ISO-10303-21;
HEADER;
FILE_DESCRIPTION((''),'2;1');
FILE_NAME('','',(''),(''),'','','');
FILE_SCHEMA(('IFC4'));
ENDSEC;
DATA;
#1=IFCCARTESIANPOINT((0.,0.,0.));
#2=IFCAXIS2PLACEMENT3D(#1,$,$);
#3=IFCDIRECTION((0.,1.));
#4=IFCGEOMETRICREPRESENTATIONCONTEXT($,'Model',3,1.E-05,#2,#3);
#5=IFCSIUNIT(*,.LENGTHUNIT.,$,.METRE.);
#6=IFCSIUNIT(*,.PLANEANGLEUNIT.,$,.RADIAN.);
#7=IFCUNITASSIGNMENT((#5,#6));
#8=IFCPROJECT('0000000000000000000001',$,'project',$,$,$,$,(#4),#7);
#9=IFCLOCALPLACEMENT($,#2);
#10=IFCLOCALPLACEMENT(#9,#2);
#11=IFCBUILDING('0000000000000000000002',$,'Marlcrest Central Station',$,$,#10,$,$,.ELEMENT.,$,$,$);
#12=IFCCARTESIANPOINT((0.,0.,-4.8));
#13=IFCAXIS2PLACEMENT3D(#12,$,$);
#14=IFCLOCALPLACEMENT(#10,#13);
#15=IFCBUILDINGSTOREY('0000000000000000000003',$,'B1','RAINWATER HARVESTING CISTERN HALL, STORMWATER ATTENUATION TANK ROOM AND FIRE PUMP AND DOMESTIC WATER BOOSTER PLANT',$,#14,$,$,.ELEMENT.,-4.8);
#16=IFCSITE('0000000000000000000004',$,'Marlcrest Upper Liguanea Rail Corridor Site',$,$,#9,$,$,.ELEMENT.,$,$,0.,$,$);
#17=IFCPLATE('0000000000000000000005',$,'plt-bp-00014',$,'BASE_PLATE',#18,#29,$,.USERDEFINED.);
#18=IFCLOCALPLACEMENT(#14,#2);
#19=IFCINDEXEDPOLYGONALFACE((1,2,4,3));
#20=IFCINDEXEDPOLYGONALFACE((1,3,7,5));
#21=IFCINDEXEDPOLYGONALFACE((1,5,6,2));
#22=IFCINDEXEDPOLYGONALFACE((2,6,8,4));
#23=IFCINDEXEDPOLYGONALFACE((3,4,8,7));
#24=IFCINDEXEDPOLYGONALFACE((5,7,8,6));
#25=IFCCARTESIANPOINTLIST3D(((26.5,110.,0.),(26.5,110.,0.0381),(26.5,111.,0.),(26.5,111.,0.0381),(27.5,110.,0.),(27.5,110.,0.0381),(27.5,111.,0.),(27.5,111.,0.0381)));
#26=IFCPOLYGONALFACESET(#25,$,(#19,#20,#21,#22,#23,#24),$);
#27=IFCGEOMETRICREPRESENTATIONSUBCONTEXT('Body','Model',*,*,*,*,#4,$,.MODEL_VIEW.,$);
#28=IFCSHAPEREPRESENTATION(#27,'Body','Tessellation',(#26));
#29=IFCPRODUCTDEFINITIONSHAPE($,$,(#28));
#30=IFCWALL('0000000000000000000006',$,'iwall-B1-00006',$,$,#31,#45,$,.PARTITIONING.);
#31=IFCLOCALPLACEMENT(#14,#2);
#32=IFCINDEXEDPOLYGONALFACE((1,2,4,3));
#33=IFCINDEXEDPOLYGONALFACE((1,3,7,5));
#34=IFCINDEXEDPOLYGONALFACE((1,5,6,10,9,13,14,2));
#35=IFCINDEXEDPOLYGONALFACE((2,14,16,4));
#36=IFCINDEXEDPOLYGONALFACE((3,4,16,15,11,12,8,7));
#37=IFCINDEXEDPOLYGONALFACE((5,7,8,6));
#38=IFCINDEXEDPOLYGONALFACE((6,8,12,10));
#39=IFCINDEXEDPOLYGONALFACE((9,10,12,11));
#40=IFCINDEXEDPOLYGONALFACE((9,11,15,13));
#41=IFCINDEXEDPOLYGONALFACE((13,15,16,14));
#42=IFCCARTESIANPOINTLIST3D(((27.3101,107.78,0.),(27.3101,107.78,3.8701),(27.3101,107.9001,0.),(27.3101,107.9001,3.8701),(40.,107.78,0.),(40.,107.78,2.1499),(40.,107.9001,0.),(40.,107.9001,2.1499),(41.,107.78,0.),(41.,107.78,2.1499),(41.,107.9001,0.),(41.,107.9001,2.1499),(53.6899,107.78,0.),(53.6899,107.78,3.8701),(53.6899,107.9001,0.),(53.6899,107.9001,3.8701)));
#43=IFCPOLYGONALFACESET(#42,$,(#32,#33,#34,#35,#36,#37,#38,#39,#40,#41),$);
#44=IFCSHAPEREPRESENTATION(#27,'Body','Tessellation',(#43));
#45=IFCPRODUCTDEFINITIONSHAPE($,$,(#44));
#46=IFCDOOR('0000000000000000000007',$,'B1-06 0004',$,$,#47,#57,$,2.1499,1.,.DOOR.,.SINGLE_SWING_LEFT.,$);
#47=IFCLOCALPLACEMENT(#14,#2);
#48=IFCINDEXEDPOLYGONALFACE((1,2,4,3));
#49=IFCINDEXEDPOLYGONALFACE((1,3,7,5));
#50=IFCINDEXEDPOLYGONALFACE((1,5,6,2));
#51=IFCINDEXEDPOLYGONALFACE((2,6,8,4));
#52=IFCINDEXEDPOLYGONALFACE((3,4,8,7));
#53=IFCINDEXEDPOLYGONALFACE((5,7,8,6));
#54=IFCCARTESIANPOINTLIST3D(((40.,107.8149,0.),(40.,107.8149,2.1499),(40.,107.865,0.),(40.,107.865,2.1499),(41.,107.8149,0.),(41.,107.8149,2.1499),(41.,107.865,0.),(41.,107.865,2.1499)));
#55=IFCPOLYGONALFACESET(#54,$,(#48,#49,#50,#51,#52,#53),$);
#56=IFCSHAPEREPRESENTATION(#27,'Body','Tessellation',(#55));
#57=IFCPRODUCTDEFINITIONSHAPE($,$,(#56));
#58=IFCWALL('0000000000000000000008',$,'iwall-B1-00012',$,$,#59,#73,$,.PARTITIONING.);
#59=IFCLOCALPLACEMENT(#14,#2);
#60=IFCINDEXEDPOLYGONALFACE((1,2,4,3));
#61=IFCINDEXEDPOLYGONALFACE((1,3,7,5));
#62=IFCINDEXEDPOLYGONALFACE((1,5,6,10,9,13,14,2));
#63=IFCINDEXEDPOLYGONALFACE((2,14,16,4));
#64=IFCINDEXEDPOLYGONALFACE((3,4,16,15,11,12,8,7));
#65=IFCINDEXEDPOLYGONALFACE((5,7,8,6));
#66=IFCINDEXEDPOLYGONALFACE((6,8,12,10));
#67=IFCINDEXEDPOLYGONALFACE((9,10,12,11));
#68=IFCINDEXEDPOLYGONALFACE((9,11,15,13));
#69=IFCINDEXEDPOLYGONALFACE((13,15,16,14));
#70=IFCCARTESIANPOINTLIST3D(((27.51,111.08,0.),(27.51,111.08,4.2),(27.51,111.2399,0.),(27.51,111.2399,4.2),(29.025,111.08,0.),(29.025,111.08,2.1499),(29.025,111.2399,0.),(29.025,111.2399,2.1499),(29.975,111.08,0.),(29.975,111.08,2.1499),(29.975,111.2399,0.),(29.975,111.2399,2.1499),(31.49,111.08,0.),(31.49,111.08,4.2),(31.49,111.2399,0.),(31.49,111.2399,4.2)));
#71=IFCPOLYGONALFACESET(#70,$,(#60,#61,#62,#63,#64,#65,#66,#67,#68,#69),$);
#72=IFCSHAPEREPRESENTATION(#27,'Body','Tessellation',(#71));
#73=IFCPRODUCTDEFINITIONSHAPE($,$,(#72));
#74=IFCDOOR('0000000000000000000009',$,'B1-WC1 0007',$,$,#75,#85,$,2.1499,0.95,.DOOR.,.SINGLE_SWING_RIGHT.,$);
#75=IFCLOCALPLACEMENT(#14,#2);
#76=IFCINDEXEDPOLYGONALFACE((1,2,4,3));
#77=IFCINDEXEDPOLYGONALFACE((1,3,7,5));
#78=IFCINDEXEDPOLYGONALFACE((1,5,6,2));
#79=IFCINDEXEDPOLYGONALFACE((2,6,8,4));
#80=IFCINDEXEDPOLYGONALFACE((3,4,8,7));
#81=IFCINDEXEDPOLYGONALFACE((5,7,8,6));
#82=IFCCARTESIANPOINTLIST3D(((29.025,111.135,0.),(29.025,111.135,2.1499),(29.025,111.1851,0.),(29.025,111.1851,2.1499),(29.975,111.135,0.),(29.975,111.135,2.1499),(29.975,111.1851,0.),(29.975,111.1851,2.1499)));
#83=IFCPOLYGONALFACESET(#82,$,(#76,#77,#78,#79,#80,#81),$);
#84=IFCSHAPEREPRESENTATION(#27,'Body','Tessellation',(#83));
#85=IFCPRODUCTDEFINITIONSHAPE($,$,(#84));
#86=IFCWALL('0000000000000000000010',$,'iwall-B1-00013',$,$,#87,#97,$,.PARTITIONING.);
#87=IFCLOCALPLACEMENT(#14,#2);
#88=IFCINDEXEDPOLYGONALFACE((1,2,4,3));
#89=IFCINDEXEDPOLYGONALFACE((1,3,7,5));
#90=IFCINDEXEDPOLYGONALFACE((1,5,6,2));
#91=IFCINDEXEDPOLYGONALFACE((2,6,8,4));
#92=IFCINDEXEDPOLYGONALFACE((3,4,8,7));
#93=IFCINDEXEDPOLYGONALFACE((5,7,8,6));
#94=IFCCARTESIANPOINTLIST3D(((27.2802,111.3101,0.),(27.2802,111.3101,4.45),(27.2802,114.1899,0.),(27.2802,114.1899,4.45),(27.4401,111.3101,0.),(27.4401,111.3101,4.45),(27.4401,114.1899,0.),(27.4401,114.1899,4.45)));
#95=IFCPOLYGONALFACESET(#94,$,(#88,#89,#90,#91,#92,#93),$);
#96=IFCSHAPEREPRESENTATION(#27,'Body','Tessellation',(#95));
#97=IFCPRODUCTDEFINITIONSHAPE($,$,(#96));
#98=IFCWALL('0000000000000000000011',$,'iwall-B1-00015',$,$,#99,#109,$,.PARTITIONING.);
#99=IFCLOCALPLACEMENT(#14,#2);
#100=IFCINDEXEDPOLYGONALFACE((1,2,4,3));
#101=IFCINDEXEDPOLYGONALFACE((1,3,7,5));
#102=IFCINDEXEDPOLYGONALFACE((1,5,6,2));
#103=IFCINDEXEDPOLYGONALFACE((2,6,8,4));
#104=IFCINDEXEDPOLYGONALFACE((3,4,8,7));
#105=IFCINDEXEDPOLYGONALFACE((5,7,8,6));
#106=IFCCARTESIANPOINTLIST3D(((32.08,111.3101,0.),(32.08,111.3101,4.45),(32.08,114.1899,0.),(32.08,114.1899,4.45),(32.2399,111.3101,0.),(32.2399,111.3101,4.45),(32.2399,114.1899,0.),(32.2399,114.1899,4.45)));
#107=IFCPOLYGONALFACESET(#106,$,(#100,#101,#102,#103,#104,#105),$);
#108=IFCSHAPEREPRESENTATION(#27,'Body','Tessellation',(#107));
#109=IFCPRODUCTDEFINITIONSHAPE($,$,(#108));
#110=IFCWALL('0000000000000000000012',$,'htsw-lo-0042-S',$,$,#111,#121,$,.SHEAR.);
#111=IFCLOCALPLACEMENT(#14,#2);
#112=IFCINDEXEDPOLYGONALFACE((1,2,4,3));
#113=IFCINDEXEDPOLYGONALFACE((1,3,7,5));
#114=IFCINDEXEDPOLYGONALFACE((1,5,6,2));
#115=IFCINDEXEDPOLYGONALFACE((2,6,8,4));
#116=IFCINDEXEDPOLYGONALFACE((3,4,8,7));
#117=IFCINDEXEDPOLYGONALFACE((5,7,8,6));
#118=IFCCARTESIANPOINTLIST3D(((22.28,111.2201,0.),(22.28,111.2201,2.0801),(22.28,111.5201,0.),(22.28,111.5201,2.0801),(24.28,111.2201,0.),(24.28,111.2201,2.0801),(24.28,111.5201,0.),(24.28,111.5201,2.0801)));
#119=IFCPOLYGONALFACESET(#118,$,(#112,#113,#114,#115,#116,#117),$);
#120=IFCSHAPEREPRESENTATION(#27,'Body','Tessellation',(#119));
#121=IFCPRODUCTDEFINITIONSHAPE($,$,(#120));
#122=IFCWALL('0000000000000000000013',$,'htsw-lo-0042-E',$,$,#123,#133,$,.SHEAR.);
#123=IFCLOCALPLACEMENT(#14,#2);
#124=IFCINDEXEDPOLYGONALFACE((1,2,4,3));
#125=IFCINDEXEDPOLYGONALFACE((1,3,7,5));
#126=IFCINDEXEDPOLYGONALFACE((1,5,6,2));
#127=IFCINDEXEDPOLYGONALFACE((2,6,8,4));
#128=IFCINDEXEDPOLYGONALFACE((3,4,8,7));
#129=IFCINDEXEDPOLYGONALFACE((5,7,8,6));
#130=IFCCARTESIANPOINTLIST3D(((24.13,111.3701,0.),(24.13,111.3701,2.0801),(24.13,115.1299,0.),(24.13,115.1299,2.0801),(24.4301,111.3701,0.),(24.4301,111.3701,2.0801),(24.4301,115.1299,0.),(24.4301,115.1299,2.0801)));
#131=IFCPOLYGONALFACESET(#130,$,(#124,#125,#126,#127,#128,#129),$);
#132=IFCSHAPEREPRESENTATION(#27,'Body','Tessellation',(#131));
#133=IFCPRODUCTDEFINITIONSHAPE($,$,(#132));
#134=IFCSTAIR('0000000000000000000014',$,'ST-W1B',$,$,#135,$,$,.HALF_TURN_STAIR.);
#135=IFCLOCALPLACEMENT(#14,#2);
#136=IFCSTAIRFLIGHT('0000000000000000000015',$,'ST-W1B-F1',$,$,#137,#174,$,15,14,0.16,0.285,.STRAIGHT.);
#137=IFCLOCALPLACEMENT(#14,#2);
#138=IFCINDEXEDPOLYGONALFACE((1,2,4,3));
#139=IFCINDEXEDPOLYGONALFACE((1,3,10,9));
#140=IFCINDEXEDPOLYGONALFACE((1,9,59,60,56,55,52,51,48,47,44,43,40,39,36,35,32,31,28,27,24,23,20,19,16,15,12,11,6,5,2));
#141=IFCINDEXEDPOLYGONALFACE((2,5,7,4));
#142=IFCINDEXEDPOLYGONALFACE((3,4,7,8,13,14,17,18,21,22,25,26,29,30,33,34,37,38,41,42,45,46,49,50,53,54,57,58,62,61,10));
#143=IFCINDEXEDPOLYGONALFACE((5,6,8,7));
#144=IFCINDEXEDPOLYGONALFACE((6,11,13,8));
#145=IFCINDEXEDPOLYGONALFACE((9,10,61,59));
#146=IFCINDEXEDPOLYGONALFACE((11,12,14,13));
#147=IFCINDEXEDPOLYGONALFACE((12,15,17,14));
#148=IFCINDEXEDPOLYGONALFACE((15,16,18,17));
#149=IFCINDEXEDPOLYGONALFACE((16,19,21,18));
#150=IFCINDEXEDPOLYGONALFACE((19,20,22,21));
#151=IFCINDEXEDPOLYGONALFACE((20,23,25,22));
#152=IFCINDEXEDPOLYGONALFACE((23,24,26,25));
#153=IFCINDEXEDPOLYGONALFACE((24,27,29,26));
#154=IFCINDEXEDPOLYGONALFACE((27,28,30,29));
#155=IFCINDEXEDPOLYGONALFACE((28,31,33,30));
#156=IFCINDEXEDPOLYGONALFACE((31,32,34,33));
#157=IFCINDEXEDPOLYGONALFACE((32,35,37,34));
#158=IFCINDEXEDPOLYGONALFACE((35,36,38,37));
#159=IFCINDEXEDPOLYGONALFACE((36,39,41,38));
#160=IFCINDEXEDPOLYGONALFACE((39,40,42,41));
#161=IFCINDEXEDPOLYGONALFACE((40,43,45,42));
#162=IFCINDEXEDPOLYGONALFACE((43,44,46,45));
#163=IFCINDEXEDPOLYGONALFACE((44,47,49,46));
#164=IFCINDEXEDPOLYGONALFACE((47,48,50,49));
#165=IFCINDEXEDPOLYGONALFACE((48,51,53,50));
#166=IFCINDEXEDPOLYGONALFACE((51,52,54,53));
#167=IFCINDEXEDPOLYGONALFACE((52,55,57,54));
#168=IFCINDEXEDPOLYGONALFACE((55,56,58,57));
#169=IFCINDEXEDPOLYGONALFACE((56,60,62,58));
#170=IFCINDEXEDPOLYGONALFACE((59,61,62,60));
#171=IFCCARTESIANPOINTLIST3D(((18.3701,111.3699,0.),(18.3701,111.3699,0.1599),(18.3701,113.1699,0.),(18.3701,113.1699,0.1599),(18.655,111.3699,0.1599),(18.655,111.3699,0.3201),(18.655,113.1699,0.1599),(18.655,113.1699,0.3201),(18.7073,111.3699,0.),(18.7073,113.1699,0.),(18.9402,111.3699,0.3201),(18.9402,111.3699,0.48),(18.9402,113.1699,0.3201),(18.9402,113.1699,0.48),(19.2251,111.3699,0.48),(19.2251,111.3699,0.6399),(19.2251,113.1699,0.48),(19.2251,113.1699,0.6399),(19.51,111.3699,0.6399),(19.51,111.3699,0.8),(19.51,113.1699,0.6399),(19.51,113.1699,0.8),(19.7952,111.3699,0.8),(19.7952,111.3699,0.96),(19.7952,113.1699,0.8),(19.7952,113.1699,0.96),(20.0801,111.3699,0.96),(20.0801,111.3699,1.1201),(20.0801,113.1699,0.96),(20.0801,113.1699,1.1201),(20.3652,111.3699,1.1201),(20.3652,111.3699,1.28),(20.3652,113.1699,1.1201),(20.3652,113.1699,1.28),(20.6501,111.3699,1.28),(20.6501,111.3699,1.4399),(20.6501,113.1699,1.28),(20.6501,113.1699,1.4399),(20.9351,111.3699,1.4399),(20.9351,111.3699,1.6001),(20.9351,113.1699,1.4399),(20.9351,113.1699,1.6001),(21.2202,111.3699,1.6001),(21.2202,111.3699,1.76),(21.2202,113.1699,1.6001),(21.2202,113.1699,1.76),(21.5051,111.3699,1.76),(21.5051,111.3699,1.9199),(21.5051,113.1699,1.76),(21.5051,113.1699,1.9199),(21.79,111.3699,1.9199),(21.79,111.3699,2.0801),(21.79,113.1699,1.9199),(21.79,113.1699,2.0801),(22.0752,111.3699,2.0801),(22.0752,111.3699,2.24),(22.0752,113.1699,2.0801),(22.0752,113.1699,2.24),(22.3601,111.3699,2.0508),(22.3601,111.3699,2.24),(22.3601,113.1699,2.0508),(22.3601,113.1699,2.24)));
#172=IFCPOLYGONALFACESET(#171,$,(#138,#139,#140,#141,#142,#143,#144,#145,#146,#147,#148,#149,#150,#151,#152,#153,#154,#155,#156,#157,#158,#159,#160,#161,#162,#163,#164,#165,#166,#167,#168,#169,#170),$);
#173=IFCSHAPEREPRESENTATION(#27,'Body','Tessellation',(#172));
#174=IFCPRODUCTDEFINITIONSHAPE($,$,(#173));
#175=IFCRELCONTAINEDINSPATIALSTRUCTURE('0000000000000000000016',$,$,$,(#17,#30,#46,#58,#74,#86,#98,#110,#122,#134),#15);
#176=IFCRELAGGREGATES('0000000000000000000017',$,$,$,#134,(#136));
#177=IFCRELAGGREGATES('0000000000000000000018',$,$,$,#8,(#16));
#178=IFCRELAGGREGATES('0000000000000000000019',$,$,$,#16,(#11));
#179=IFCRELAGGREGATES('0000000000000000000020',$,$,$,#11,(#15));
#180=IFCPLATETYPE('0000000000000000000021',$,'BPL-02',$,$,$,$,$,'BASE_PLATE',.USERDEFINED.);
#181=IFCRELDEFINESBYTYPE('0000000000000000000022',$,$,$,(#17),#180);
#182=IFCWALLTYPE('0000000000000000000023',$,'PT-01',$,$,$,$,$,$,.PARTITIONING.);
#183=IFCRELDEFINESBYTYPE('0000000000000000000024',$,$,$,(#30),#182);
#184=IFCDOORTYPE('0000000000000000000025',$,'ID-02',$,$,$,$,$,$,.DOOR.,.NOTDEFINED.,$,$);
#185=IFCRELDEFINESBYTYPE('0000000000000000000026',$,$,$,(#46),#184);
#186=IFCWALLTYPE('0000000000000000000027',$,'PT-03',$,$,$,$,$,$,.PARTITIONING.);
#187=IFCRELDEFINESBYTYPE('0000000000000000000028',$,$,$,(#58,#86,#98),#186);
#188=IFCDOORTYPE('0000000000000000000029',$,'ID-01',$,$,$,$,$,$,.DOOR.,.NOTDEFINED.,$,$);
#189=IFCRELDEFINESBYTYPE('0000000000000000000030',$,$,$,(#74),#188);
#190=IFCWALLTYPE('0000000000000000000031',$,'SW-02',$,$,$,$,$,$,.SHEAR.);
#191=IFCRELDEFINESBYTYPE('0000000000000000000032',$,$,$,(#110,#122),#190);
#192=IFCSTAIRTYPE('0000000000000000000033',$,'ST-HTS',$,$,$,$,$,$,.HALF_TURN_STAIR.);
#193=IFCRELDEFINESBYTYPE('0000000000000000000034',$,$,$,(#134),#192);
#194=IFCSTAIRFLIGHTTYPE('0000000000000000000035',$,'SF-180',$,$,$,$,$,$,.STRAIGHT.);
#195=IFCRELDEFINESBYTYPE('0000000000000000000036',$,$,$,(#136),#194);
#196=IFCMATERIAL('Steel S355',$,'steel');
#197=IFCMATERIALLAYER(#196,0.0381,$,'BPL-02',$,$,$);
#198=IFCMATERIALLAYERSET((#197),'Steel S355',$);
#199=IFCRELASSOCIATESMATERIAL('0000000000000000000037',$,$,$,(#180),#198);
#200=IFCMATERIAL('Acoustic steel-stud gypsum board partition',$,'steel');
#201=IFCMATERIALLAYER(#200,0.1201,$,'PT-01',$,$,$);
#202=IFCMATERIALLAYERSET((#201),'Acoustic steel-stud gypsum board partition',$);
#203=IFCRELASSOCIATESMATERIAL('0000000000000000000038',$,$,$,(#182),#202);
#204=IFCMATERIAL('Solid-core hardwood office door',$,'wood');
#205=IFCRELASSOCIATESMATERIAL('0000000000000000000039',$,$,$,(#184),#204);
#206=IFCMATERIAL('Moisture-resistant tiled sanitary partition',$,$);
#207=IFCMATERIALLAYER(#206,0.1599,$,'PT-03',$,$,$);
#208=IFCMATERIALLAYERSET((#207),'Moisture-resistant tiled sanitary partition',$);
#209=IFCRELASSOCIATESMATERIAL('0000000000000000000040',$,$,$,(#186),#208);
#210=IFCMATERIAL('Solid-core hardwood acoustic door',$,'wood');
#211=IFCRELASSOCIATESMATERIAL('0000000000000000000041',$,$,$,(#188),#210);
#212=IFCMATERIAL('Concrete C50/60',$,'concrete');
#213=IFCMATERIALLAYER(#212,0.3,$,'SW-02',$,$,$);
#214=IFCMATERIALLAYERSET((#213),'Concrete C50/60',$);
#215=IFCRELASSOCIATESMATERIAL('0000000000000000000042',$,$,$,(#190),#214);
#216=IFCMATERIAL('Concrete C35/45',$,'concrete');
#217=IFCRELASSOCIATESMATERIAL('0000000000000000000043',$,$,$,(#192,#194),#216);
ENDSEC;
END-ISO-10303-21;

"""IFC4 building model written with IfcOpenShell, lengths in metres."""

from ifc_helpers import new_model, si_unit, direction, frame, frame_2d, origin, origin_2d, place, context, subcontext, project, spatial, polyline, rectangle, outline, extrude, material, layer, layer_set, type_object, element, fill, aggregate, save


model = new_model("IFC4")

# Units and contexts
model_context = context("Model", 3, precision=1e-05, world=origin(), true_north=direction((0.0, 1.0)))
body_context = subcontext(model_context, "Body", "Model", "MODEL_VIEW")
ifc_project = project(units=[si_unit("LENGTHUNIT", "METRE"), si_unit("PLANEANGLEUNIT", "RADIAN")], contexts=[model_context])

# Site, building, storey
site_placement = place(None, origin())
site = spatial("IfcSite", under=ifc_project, at=site_placement, Name="Marlcrest Upper Liguanea Rail Corridor Site", CompositionType="ELEMENT", RefElevation=0.0)
building_placement = place(site_placement, origin())
building = spatial("IfcBuilding", under=site, at=building_placement, Name="Marlcrest Central Station", CompositionType="ELEMENT")
storey_placement = place(building_placement, frame((0.0, 0.0, -4.8)))
storey = spatial("IfcBuildingStorey", under=building, at=storey_placement, Name="B1", Description="RAINWATER HARVESTING CISTERN HALL, STORMWATER ATTENUATION TANK ROOM AND FIRE PUMP AND DOMESTIC WATER BOOSTER PLANT", CompositionType="ELEMENT", Elevation=-4.8)

# Shared definitions
ifc_material_1 = material(Name="Concrete C35/45", Category="concrete")

# Shared definitions
ifc_material_2 = material(Name="Steel S355", Category="steel")

# Plate
ifc_layer_1 = layer(ifc_material_2, 0.0381, Name="BPL-02")
ifc_layer_set_1 = layer_set([ifc_layer_1], Name="Steel S355")
plate_type = type_object("IfcPlateType", Name="BPL-02", ElementType="BASE_PLATE", PredefinedType="USERDEFINED", material=ifc_layer_set_1)
plate_placement = place(storey_placement, frame((27.0, 110.5, 0.0), z_axis=(0.0, 0.0, 1.0), x_axis=(1.0, 0.0, 0.0)))
element("IfcPlate", 1, at=plate_placement, inside=storey, type_object=plate_type, Name="plt-bp-00014", ObjectType="BASE_PLATE", PredefinedType="USERDEFINED", context=body_context, shape_type="SweptSolid", body=[
    extrude(rectangle(XDim=1.0, YDim=1.0, at=origin_2d()), origin(), (0.0, 0.0, 1.0), 0.0381),
])

# Walls, openings, doors
ifc_material_3 = material(Name="Acoustic steel-stud gypsum board partition", Category="steel")
ifc_layer_2 = layer(ifc_material_3, 0.1201, Name="PT-01")
ifc_layer_set_2 = layer_set([ifc_layer_2], Name="Acoustic steel-stud gypsum board partition")
wall_type_1 = type_object("IfcWallType", Name="PT-01", PredefinedType="PARTITIONING", material=ifc_layer_set_2)
wall_1_placement = place(storey_placement, frame((27.3101, 107.8401, 0.0), z_axis=(0.0, 0.0, 1.0), x_axis=(1.0, 0.0, 0.0)))
wall_1 = element("IfcWall", 2, at=wall_1_placement, inside=storey, type_object=wall_type_1, Name="iwall-B1-00006", PredefinedType="PARTITIONING", context=body_context, shape_type="SweptSolid", body=[
    extrude(rectangle(XDim=26.3799, YDim=0.1201, at=frame_2d((13.1899, 0.0))), origin(), (0.0, 0.0, 1.0), 3.8701),
])
opening_1_placement = place(wall_1_placement, frame((12.6899, 0.0, 0.0)))
opening_1 = element("IfcOpeningElement", 3, at=opening_1_placement, cuts=wall_1, PredefinedType="OPENING", context=body_context, shape_type="SweptSolid", body=[
    extrude(rectangle(XDim=1.0, YDim=2.1499, at=frame_2d((0.5, 1.075))), frame((0.0, 0.0701, 0.0), z_axis=(0.0, -1.0, 0.0), x_axis=(1.0, 0.0, 0.0)), (0.0, 0.0, 1.0), 0.1401),
])
ifc_material_4 = material(Name="Solid-core hardwood office door", Category="wood")
door_type_1 = type_object("IfcDoorType", Name="ID-02", OperationType="NOTDEFINED", PredefinedType="DOOR", material=ifc_material_4)
door_1_placement = place(opening_1_placement, origin())
door_1 = element("IfcDoor", 4, at=door_1_placement, inside=storey, type_object=door_type_1, Name="B1-06 0004", OperationType="SINGLE_SWING_LEFT", OverallHeight=2.1499, OverallWidth=1.0, PredefinedType="DOOR", context=body_context, shape_type="SweptSolid", body=[
    extrude(rectangle(XDim=1.0, YDim=2.1499, at=frame_2d((0.5, 1.075))), frame((0.0, 0.0249, 0.0), z_axis=(0.0, -1.0, 0.0), x_axis=(1.0, 0.0, 0.0)), (0.0, 0.0, 1.0), 0.05),
])
fill(opening_1, door_1)
ifc_material_5 = material(Name="Moisture-resistant tiled sanitary partition")
ifc_layer_3 = layer(ifc_material_5, 0.1599, Name="PT-03")
ifc_layer_set_3 = layer_set([ifc_layer_3], Name="Moisture-resistant tiled sanitary partition")
wall_type_2 = type_object("IfcWallType", Name="PT-03", PredefinedType="PARTITIONING", material=ifc_layer_set_3)
wall_2_placement = place(storey_placement, frame((31.49, 111.1599, 0.0), z_axis=(0.0, 0.0, 1.0), x_axis=(-1.0, 0.0, 0.0)))
wall_2 = element("IfcWall", 5, at=wall_2_placement, inside=storey, type_object=wall_type_2, Name="iwall-B1-00012", PredefinedType="PARTITIONING", context=body_context, shape_type="SweptSolid", body=[
    extrude(rectangle(XDim=3.98, YDim=0.1599, at=frame_2d((1.99, 0.0))), origin(), (0.0, 0.0, 1.0), 4.2),
])
opening_2_placement = place(wall_2_placement, frame((1.5149, 0.0, 0.0)))
opening_2 = element("IfcOpeningElement", 6, at=opening_2_placement, cuts=wall_2, PredefinedType="OPENING", context=body_context, shape_type="SweptSolid", body=[
    extrude(rectangle(XDim=0.95, YDim=2.1499, at=frame_2d((0.4751, 1.075))), frame((0.0, 0.0898, 0.0), z_axis=(0.0, -1.0, 0.0), x_axis=(1.0, 0.0, 0.0)), (0.0, 0.0, 1.0), 0.1799),
])
ifc_material_6 = material(Name="Solid-core hardwood acoustic door", Category="wood")
door_type_2 = type_object("IfcDoorType", Name="ID-01", OperationType="NOTDEFINED", PredefinedType="DOOR", material=ifc_material_6)
door_2_placement = place(opening_2_placement, origin())
door_2 = element("IfcDoor", 7, at=door_2_placement, inside=storey, type_object=door_type_2, Name="B1-WC1 0007", OperationType="SINGLE_SWING_RIGHT", OverallHeight=2.1499, OverallWidth=0.95, PredefinedType="DOOR", context=body_context, shape_type="SweptSolid", body=[
    extrude(rectangle(XDim=0.95, YDim=2.1499, at=frame_2d((0.4751, 1.075))), frame((0.0, 0.0249, 0.0), z_axis=(0.0, -1.0, 0.0), x_axis=(1.0, 0.0, 0.0)), (0.0, 0.0, 1.0), 0.05),
])
fill(opening_2, door_2)

# Walls
for number, where, z_axis, x_axis, name in (
    (8, (27.3601, 111.3101, 0.0), (0.0, 0.0, 1.0), (0.0, 1.0, 0.0), "iwall-B1-00013"),
    (9, (32.1599, 111.3101, 0.0), (0.0, 0.0, 1.0), (0.0, 1.0, 0.0), "iwall-B1-00015"),
):
    element("IfcWall", number, at=place(storey_placement, frame(where, z_axis=z_axis, x_axis=x_axis)), inside=storey, type_object=wall_type_2, Name=name, PredefinedType="PARTITIONING", context=body_context, shape_type="SweptSolid", body=[
        extrude(rectangle(XDim=2.8799, YDim=0.1599, at=frame_2d((1.4399, 0.0))), origin(), (0.0, 0.0, 1.0), 4.45),
    ])
ifc_material_7 = material(Name="Concrete C50/60", Category="concrete")
ifc_layer_4 = layer(ifc_material_7, 0.3, Name="SW-02")
ifc_layer_set_4 = layer_set([ifc_layer_4], Name="Concrete C50/60")
wall_type_3 = type_object("IfcWallType", Name="SW-02", PredefinedType="SHEAR", material=ifc_layer_set_4)
wall_3_placement = place(storey_placement, frame((22.28, 111.3701, 0.0), z_axis=(0.0, 0.0, 1.0), x_axis=(1.0, 0.0, 0.0)))
element("IfcWall", 10, at=wall_3_placement, inside=storey, type_object=wall_type_3, Name="htsw-lo-0042-S", PredefinedType="SHEAR", context=body_context, shape_type="SweptSolid", body=[
    extrude(rectangle(XDim=2.0, YDim=0.3, at=frame_2d((1.0, 0.0))), origin(), (0.0, 0.0, 1.0), 2.0801),
])
wall_4_placement = place(storey_placement, frame((24.28, 111.3701, 0.0), z_axis=(0.0, 0.0, 1.0), x_axis=(0.0, 1.0, 0.0)))
element("IfcWall", 11, at=wall_4_placement, inside=storey, type_object=wall_type_3, Name="htsw-lo-0042-E", PredefinedType="SHEAR", context=body_context, shape_type="SweptSolid", body=[
    extrude(rectangle(XDim=3.7598, YDim=0.3, at=frame_2d((1.8799, 0.0))), origin(), (0.0, 0.0, 1.0), 2.0801),
])

# Stair, stair flight
stair_type = type_object("IfcStairType", Name="ST-HTS", PredefinedType="HALF_TURN_STAIR", material=ifc_material_1)
stair_placement = place(storey_placement, origin())
stair = element("IfcStair", 12, at=stair_placement, inside=storey, type_object=stair_type, Name="ST-W1B", PredefinedType="HALF_TURN_STAIR")
stair_flight_type = type_object("IfcStairFlightType", Name="SF-180", PredefinedType="STRAIGHT", material=ifc_material_1)
stair_flight_placement = place(storey_placement, frame((18.3701, 112.27, 0.0), z_axis=(0.0, 0.0, 1.0), x_axis=(1.0, 0.0, 0.0)))
stair_flight = element("IfcStairFlight", 13, at=stair_flight_placement, type_object=stair_flight_type, Name="ST-W1B-F1", NumberOfRisers=15, NumberOfTreads=14, PredefinedType="STRAIGHT", RiserHeight=0.16, TreadLength=0.285, context=body_context, shape_type="SweptSolid", body=[
    extrude(outline(polyline([(0.0, 0.0), (0.0, 0.1599), (0.2849, 0.1599), (0.2849, 0.3201), (0.5701, 0.3201), (0.5701, 0.48), (0.855, 0.48), (0.855, 0.6399), (1.1399, 0.6399), (1.1399, 0.8), (1.425, 0.8), (1.425, 0.96), (1.71, 0.96), (1.71, 1.1201), (1.9951, 1.1201), (1.9951, 1.28), (2.28, 1.28), (2.28, 1.4399), (2.5649, 1.4399), (2.5649, 1.6001), (2.8501, 1.6001), (2.8501, 1.76), (3.135, 1.76), (3.135, 1.9199), (3.4199, 1.9199), (3.4199, 2.0801), (3.7051, 2.0801), (3.7051, 2.24), (3.99, 2.24), (3.99, 2.3999), (3.99, 2.0508), (0.3372, 0.0), (0.0, 0.0)])), frame((0.0, 0.8999, 0.0), z_axis=(0.0, -1.0, 0.0), x_axis=(1.0, 0.0, 0.0)), (0.0, 0.0, 1.0), 1.8),
])
aggregate(stair, [stair_flight])

save(model, "model.ifc")
